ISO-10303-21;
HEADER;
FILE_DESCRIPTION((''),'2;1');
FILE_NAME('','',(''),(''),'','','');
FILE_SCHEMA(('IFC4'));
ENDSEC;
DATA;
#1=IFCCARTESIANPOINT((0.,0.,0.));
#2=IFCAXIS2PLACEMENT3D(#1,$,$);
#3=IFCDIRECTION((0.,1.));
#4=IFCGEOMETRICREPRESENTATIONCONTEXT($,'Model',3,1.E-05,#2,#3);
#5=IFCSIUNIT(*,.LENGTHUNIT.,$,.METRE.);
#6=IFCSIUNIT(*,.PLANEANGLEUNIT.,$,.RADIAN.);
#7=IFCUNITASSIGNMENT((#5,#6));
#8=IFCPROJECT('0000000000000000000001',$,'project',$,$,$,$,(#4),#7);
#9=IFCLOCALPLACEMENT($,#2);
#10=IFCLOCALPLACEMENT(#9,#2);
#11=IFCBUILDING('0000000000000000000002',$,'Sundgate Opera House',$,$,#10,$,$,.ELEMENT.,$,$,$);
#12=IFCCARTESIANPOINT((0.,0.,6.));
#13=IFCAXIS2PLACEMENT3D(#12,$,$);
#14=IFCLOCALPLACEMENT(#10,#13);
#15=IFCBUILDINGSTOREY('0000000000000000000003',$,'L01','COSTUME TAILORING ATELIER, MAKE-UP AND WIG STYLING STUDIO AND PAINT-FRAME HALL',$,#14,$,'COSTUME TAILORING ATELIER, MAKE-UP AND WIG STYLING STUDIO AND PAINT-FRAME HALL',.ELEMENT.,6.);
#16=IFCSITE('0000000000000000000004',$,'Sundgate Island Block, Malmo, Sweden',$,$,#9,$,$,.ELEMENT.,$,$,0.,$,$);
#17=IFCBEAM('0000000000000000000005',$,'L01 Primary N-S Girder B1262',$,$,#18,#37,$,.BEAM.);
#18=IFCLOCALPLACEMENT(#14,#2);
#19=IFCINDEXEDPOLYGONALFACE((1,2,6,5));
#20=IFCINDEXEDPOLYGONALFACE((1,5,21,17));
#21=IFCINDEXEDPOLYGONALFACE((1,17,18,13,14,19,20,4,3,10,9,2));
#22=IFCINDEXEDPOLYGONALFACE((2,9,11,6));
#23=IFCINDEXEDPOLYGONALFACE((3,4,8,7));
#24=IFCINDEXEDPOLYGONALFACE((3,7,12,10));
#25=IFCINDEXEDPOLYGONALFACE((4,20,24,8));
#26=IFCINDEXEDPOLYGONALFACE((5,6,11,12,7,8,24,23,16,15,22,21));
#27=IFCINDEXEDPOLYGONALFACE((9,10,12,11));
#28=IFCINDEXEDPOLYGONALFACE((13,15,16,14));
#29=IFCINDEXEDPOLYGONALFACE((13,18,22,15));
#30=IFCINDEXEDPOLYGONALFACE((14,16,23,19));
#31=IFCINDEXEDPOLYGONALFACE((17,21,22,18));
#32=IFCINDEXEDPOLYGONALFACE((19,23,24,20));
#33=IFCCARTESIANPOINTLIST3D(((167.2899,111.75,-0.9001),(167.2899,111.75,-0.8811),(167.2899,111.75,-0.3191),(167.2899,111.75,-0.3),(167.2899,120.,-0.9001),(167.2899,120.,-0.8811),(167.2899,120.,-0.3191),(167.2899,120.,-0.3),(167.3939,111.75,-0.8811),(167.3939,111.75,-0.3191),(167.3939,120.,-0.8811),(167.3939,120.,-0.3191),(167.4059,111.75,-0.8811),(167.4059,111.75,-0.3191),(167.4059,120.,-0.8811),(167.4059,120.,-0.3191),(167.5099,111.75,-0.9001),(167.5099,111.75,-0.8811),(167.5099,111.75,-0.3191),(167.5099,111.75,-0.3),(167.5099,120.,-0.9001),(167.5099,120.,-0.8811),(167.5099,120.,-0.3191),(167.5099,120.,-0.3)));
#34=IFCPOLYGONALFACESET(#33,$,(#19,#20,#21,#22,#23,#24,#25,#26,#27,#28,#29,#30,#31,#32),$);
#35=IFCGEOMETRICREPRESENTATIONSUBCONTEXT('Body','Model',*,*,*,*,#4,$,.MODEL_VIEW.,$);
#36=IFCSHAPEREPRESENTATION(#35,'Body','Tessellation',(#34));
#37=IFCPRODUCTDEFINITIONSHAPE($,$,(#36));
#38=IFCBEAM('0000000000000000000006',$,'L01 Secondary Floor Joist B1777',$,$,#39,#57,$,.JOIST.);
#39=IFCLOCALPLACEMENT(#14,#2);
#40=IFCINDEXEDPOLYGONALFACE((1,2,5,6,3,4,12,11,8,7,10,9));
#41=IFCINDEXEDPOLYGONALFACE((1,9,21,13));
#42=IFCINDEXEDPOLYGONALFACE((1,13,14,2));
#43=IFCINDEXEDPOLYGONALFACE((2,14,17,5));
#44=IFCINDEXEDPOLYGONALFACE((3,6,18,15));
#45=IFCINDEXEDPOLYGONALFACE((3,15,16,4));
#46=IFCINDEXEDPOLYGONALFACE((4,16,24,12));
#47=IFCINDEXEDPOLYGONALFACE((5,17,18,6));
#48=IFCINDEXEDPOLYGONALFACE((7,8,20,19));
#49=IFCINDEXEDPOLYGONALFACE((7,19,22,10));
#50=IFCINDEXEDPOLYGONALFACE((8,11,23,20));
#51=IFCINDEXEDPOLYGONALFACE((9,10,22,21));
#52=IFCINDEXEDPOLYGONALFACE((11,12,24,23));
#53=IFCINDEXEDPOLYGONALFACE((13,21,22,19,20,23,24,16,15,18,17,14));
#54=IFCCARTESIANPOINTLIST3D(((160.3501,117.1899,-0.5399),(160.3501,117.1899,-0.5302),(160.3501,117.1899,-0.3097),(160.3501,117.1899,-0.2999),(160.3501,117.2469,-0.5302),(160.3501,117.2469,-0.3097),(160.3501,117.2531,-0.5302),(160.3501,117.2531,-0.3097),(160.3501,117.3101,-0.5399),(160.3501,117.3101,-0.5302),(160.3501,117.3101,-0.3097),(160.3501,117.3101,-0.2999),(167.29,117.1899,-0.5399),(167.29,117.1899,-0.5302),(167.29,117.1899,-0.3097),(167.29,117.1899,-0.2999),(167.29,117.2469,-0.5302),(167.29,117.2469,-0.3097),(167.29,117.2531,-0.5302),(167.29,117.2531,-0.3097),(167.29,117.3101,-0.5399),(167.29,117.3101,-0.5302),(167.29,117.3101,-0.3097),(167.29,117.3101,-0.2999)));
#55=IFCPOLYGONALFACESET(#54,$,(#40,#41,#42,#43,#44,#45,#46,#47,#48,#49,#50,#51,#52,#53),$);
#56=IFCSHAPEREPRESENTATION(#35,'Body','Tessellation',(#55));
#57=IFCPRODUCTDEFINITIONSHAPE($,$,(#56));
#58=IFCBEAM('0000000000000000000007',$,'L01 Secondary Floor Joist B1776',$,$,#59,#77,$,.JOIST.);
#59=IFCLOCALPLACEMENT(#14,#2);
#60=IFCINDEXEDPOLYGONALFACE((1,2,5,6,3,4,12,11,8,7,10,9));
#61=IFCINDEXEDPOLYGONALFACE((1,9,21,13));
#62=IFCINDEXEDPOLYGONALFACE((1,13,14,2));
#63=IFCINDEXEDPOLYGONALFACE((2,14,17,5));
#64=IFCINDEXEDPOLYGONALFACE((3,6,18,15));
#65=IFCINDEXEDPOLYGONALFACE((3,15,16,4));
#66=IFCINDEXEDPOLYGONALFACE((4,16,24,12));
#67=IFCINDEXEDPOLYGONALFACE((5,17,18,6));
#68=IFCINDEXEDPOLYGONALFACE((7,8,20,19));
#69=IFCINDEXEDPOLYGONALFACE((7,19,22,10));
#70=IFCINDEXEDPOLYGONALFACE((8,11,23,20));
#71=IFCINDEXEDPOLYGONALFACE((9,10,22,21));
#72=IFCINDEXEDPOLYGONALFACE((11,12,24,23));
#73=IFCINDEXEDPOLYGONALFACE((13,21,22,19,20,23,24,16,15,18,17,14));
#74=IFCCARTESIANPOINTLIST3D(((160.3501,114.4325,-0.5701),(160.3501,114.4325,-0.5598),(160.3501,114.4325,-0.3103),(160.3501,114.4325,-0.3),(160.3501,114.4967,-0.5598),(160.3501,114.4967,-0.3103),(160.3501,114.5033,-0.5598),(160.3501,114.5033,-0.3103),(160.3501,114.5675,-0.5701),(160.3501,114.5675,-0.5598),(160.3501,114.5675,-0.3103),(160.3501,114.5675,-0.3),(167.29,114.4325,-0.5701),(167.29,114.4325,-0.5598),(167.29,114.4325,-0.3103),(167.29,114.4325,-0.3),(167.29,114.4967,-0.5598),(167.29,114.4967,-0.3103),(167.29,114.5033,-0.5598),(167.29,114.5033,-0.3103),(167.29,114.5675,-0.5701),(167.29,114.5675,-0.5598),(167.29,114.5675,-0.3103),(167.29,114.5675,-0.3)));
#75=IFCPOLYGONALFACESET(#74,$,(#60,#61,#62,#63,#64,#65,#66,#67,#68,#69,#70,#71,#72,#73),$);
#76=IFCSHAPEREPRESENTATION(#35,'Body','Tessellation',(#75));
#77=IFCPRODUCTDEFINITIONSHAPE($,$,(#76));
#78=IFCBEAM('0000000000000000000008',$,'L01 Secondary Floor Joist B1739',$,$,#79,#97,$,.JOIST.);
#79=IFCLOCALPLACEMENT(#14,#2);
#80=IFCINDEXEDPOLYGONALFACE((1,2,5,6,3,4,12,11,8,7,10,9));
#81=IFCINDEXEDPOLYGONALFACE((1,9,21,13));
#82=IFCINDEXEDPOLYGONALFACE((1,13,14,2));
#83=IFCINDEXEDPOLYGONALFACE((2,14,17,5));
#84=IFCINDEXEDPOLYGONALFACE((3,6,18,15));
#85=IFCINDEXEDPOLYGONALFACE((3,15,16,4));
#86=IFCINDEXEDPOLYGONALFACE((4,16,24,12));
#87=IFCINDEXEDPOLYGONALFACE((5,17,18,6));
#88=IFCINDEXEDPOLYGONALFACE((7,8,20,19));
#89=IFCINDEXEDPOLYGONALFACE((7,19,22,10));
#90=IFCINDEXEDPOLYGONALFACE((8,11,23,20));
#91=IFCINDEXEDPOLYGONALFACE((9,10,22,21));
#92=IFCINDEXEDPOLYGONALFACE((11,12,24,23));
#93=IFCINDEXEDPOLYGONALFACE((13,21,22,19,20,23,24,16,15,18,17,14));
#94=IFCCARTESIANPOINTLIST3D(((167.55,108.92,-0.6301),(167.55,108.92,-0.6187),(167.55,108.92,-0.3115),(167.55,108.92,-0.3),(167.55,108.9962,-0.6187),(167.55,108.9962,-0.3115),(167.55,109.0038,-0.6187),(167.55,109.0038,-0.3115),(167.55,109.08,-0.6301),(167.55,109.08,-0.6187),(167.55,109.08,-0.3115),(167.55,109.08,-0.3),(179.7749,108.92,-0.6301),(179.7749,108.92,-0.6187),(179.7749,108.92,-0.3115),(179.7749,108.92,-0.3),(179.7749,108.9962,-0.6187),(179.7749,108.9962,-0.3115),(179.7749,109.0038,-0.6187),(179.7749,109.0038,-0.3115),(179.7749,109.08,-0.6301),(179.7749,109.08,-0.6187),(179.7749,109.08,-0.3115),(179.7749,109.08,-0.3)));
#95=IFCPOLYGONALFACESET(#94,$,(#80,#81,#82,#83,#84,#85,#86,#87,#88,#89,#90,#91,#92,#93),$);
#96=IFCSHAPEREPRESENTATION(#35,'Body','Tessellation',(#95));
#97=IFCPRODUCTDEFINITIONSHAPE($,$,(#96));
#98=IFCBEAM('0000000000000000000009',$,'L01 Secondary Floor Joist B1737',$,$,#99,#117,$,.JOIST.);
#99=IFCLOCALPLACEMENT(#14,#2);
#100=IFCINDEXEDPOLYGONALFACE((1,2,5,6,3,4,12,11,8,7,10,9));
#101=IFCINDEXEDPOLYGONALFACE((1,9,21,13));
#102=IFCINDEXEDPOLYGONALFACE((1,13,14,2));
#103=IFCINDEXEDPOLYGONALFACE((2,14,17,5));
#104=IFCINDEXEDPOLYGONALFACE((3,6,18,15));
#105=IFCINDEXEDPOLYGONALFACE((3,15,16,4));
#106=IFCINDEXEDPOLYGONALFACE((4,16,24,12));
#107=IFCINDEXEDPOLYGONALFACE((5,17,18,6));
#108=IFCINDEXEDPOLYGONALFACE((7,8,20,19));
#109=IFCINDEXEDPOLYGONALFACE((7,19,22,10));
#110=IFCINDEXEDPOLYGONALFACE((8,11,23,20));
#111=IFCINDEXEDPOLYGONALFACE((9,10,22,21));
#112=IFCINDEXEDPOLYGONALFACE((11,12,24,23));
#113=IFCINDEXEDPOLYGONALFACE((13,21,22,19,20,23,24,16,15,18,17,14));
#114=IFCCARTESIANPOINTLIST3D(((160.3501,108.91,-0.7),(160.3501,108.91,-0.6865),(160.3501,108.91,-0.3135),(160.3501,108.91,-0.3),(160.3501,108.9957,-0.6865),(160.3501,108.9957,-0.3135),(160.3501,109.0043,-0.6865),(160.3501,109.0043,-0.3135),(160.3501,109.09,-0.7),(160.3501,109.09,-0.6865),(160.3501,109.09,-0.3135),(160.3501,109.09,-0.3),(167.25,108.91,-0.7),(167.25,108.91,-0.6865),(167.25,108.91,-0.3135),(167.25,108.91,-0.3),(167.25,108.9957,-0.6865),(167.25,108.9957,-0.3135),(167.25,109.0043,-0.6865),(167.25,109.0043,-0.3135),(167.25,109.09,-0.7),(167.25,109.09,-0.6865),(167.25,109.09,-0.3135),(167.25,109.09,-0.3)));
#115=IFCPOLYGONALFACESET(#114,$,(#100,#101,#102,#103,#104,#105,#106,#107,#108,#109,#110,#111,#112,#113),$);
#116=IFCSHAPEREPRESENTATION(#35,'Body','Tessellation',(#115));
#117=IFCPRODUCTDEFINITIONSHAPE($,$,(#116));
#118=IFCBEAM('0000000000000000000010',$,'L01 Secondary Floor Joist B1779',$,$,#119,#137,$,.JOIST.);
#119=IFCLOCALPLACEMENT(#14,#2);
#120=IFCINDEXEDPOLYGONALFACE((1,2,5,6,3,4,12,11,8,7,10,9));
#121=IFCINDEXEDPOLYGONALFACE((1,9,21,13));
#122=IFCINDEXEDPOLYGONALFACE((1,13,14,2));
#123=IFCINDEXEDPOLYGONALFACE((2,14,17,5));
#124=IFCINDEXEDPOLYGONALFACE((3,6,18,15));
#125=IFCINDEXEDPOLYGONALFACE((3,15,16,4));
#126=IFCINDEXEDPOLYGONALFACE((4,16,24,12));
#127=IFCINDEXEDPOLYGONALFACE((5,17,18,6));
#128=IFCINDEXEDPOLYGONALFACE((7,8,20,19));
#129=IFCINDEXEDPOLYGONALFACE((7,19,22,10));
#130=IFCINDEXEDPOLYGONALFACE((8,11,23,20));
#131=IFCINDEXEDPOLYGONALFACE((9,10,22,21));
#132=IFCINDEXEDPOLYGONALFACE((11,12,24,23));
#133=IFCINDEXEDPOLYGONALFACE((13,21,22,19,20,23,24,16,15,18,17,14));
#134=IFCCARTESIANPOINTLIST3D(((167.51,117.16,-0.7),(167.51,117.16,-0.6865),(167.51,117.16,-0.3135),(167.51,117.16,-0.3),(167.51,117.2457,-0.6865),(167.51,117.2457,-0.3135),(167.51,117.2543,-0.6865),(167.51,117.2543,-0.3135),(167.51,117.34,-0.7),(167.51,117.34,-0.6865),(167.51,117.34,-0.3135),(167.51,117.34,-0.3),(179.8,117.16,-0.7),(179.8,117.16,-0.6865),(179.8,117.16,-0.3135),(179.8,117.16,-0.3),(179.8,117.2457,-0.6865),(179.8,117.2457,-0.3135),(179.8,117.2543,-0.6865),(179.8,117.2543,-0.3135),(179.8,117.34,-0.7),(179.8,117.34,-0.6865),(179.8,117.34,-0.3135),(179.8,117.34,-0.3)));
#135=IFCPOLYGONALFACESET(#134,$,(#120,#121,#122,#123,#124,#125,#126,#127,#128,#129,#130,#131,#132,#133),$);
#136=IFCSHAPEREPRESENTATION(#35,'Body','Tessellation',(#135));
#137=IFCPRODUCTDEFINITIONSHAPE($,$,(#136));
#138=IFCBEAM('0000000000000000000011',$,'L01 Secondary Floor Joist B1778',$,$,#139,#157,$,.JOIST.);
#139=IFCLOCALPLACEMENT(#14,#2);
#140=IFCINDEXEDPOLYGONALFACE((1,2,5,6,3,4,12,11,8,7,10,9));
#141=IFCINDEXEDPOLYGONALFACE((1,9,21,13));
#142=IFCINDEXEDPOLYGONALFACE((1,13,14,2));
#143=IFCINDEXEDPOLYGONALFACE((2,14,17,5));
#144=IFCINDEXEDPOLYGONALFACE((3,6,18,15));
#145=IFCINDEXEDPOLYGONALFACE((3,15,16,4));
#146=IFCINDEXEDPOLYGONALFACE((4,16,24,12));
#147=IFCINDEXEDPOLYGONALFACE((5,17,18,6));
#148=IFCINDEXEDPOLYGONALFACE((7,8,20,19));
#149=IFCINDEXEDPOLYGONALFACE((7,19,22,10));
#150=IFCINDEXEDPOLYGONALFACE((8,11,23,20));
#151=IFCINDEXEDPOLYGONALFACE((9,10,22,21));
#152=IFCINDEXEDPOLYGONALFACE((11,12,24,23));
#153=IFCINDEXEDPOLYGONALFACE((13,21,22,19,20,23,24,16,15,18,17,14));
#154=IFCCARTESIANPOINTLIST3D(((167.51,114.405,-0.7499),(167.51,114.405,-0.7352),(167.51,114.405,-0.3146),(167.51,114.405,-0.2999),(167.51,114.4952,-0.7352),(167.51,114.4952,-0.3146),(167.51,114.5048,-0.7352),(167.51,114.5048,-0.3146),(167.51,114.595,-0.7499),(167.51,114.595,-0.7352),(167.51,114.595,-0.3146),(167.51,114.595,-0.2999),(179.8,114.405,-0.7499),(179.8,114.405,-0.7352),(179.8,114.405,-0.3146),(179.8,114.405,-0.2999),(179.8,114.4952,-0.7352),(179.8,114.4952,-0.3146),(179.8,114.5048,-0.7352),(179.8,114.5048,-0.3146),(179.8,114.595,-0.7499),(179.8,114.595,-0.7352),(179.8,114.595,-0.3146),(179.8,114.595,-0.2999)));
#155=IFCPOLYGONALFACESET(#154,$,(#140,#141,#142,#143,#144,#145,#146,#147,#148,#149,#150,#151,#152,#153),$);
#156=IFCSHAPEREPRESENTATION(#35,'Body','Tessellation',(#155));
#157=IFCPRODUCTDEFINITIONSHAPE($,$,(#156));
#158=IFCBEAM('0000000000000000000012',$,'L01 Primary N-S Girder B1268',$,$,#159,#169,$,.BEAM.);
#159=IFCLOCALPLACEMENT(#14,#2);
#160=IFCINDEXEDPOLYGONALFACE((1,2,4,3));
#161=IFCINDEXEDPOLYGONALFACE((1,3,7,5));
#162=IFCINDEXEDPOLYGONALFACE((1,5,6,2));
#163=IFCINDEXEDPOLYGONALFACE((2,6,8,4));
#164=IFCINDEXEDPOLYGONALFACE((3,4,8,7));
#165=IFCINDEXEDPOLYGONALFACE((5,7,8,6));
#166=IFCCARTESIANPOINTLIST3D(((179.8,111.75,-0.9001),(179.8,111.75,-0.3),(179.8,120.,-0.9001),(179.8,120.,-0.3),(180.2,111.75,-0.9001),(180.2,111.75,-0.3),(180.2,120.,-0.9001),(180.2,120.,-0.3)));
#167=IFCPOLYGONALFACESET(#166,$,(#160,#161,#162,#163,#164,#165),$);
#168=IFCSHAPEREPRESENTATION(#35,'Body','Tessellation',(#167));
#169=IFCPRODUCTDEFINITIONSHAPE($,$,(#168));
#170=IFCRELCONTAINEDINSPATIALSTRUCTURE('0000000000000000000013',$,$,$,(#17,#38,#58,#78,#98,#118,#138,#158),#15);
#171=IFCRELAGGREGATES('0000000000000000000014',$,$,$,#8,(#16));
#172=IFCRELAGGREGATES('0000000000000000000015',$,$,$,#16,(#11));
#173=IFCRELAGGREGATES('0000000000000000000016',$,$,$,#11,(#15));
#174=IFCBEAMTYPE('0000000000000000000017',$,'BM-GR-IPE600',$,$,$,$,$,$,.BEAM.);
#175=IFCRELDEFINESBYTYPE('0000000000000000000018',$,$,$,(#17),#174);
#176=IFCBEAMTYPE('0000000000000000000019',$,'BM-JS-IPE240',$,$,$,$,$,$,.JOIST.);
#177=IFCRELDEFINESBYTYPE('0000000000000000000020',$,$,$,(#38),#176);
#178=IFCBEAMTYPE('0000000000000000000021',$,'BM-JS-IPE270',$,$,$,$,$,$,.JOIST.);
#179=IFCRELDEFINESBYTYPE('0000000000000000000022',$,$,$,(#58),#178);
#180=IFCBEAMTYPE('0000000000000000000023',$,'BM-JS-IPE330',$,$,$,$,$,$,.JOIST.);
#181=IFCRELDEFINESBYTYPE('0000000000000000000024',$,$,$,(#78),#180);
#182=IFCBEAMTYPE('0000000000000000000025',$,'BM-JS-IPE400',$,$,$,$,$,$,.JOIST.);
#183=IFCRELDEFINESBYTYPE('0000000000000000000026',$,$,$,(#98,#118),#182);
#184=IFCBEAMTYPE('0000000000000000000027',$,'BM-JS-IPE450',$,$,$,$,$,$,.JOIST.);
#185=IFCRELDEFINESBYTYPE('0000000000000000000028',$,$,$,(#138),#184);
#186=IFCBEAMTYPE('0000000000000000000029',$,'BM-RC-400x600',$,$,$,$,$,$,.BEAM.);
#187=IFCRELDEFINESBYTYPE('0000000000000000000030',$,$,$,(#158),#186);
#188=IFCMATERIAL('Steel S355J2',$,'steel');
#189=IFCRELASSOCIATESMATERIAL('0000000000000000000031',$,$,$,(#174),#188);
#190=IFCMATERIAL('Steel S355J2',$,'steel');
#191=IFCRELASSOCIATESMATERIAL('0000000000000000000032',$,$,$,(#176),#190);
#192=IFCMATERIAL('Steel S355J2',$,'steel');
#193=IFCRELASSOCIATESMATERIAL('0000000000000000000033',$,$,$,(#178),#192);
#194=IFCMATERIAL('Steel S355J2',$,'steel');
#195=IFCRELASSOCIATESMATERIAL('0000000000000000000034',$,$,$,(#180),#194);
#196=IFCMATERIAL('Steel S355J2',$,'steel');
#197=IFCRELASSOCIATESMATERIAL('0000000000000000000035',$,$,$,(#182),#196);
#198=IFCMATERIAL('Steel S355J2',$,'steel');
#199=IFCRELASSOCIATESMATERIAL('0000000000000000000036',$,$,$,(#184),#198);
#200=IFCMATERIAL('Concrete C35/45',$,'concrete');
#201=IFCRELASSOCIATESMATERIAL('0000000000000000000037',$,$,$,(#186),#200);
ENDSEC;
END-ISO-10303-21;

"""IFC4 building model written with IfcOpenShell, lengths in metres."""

from ifc_helpers import new_model, si_unit, direction, frame, origin, origin_2d, place, context, subcontext, project, spatial, rectangle, i_section, extrude, material, material_profile, profile_set, type_object, element, save


model = new_model("IFC4")

# Units and contexts
model_context = context("Model", 3, precision=1e-05, world=origin(), true_north=direction((0.0, 1.0)))
body_context = subcontext(model_context, "Body", "Model", "MODEL_VIEW")
ifc_project = project(units=[si_unit("LENGTHUNIT", "METRE"), si_unit("PLANEANGLEUNIT", "RADIAN")], contexts=[model_context])

# Site, building, storey
site_placement = place(None, origin())
site = spatial("IfcSite", under=ifc_project, at=site_placement, Name="Sundgate Island Block, Malmo, Sweden", CompositionType="ELEMENT", RefElevation=0.0)
building_placement = place(site_placement, origin())
building = spatial("IfcBuilding", under=site, at=building_placement, Name="Sundgate Opera House", CompositionType="ELEMENT")
storey_placement = place(building_placement, frame((0.0, 0.0, 6.0)))
storey = spatial("IfcBuildingStorey", under=building, at=storey_placement, Name="L01", Description="COSTUME TAILORING ATELIER, MAKE-UP AND WIG STYLING STUDIO AND PAINT-FRAME HALL", LongName="COSTUME TAILORING ATELIER, MAKE-UP AND WIG STYLING STUDIO AND PAINT-FRAME HALL", CompositionType="ELEMENT", Elevation=6.0)

# Beams
ifc_material_1 = material(Name="Steel S355J2", Category="steel")
ifc_material_profile_1 = material_profile(ifc_material_1, i_section(OverallWidth=0.22, OverallDepth=0.6001, WebThickness=0.012, FlangeThickness=0.019, at=origin_2d()), Name="IPE 600")
ifc_profile_set_1 = profile_set([ifc_material_profile_1], Name="Steel S355J2")
beam_type_1 = type_object("IfcBeamType", Name="BM-GR-IPE600", PredefinedType="BEAM", material=ifc_profile_set_1)
beam_1_placement = place(storey_placement, frame((167.3999, 111.75, -0.6001), z_axis=(0.0, 1.0, 0.0), x_axis=(-1.0, 0.0, 0.0)))
element("IfcBeam", 1, at=beam_1_placement, inside=storey, type_object=beam_type_1, Name="L01 Primary N-S Girder B1262", PredefinedType="BEAM", context=body_context, shape_type="SweptSolid", body=[
    extrude(i_section(OverallWidth=0.22, OverallDepth=0.6001, WebThickness=0.012, FlangeThickness=0.019, at=origin_2d()), origin(), (0.0, 0.0, 1.0), 8.25),
])
ifc_material_2 = material(Name="Steel S355J2", Category="steel")
ifc_material_profile_2 = material_profile(ifc_material_2, i_section(OverallWidth=0.1201, OverallDepth=0.24, WebThickness=0.0061, FlangeThickness=0.0098, at=origin_2d()), Name="IPE 240")
ifc_profile_set_2 = profile_set([ifc_material_profile_2], Name="Steel S355J2")
beam_type_2 = type_object("IfcBeamType", Name="BM-JS-IPE240", PredefinedType="JOIST", material=ifc_profile_set_2)
beam_2_placement = place(storey_placement, frame((160.3501, 117.25, -0.4199), z_axis=(1.0, 0.0, 0.0), x_axis=(0.0, 1.0, 0.0)))
element("IfcBeam", 2, at=beam_2_placement, inside=storey, type_object=beam_type_2, Name="L01 Secondary Floor Joist B1777", PredefinedType="JOIST", context=body_context, shape_type="SweptSolid", body=[
    extrude(i_section(OverallWidth=0.1201, OverallDepth=0.24, WebThickness=0.0061, FlangeThickness=0.0098, at=origin_2d()), origin(), (0.0, 0.0, 1.0), 6.9399),
])
ifc_material_3 = material(Name="Steel S355J2", Category="steel")
ifc_material_profile_3 = material_profile(ifc_material_3, i_section(OverallWidth=0.135, OverallDepth=0.27, WebThickness=0.0066, FlangeThickness=0.0103, at=origin_2d()), Name="IPE 270")
ifc_profile_set_3 = profile_set([ifc_material_profile_3], Name="Steel S355J2")
beam_type_3 = type_object("IfcBeamType", Name="BM-JS-IPE270", PredefinedType="JOIST", material=ifc_profile_set_3)
beam_3_placement = place(storey_placement, frame((160.3501, 114.5, -0.4351), z_axis=(1.0, 0.0, 0.0), x_axis=(0.0, 1.0, 0.0)))
element("IfcBeam", 3, at=beam_3_placement, inside=storey, type_object=beam_type_3, Name="L01 Secondary Floor Joist B1776", PredefinedType="JOIST", context=body_context, shape_type="SweptSolid", body=[
    extrude(i_section(OverallWidth=0.135, OverallDepth=0.27, WebThickness=0.0066, FlangeThickness=0.0103, at=origin_2d()), origin(), (0.0, 0.0, 1.0), 6.9399),
])
ifc_material_4 = material(Name="Steel S355J2", Category="steel")
ifc_material_profile_4 = material_profile(ifc_material_4, i_section(OverallWidth=0.1599, OverallDepth=0.3301, WebThickness=0.0076, FlangeThickness=0.0115, at=origin_2d()), Name="IPE 330")
ifc_profile_set_4 = profile_set([ifc_material_profile_4], Name="Steel S355J2")
beam_type_4 = type_object("IfcBeamType", Name="BM-JS-IPE330", PredefinedType="JOIST", material=ifc_profile_set_4)
beam_4_placement = place(storey_placement, frame((167.55, 109.0, -0.4651), z_axis=(1.0, 0.0, 0.0), x_axis=(0.0, 1.0, 0.0)))
element("IfcBeam", 4, at=beam_4_placement, inside=storey, type_object=beam_type_4, Name="L01 Secondary Floor Joist B1739", PredefinedType="JOIST", context=body_context, shape_type="SweptSolid", body=[
    extrude(i_section(OverallWidth=0.1599, OverallDepth=0.3301, WebThickness=0.0076, FlangeThickness=0.0115, at=origin_2d()), origin(), (0.0, 0.0, 1.0), 12.2249),
])
ifc_material_5 = material(Name="Steel S355J2", Category="steel")
ifc_material_profile_5 = material_profile(ifc_material_5, i_section(OverallWidth=0.1799, OverallDepth=0.3999, WebThickness=0.0085, FlangeThickness=0.0134, at=origin_2d()), Name="IPE 400")
ifc_profile_set_5 = profile_set([ifc_material_profile_5], Name="Steel S355J2")
beam_type_5 = type_object("IfcBeamType", Name="BM-JS-IPE400", PredefinedType="JOIST", material=ifc_profile_set_5)
beam_5_placement = place(storey_placement, frame((160.3501, 109.0, -0.5), z_axis=(1.0, 0.0, 0.0), x_axis=(0.0, 1.0, 0.0)))
element("IfcBeam", 5, at=beam_5_placement, inside=storey, type_object=beam_type_5, Name="L01 Secondary Floor Joist B1737", PredefinedType="JOIST", context=body_context, shape_type="SweptSolid", body=[
    extrude(i_section(OverallWidth=0.1799, OverallDepth=0.3999, WebThickness=0.0085, FlangeThickness=0.0134, at=origin_2d()), origin(), (0.0, 0.0, 1.0), 6.8999),
])
beam_6_placement = place(storey_placement, frame((167.51, 117.25, -0.5), z_axis=(1.0, 0.0, 0.0), x_axis=(0.0, 1.0, 0.0)))
element("IfcBeam", 6, at=beam_6_placement, inside=storey, type_object=beam_type_5, Name="L01 Secondary Floor Joist B1779", PredefinedType="JOIST", context=body_context, shape_type="SweptSolid", body=[
    extrude(i_section(OverallWidth=0.1799, OverallDepth=0.3999, WebThickness=0.0085, FlangeThickness=0.0134, at=origin_2d()), origin(), (0.0, 0.0, 1.0), 12.29),
])
ifc_material_6 = material(Name="Steel S355J2", Category="steel")
ifc_material_profile_6 = material_profile(ifc_material_6, i_section(OverallWidth=0.1899, OverallDepth=0.45, WebThickness=0.0095, FlangeThickness=0.0146, at=origin_2d()), Name="IPE 450")
ifc_profile_set_6 = profile_set([ifc_material_profile_6], Name="Steel S355J2")
beam_type_6 = type_object("IfcBeamType", Name="BM-JS-IPE450", PredefinedType="JOIST", material=ifc_profile_set_6)
beam_7_placement = place(storey_placement, frame((167.51, 114.5, -0.5249), z_axis=(1.0, 0.0, 0.0), x_axis=(0.0, 1.0, 0.0)))
element("IfcBeam", 7, at=beam_7_placement, inside=storey, type_object=beam_type_6, Name="L01 Secondary Floor Joist B1778", PredefinedType="JOIST", context=body_context, shape_type="SweptSolid", body=[
    extrude(i_section(OverallWidth=0.1899, OverallDepth=0.45, WebThickness=0.0095, FlangeThickness=0.0146, at=origin_2d()), origin(), (0.0, 0.0, 1.0), 12.29),
])
ifc_material_7 = material(Name="Concrete C35/45", Category="concrete")
ifc_material_profile_7 = material_profile(ifc_material_7, rectangle(XDim=0.3999, YDim=0.6001, at=origin_2d()), Name="RC 400x600")
ifc_profile_set_7 = profile_set([ifc_material_profile_7], Name="Concrete C35/45")
beam_type_7 = type_object("IfcBeamType", Name="BM-RC-400x600", PredefinedType="BEAM", material=ifc_profile_set_7)
beam_8_placement = place(storey_placement, frame((180.0, 111.75, -0.6001), z_axis=(0.0, 1.0, 0.0), x_axis=(-1.0, 0.0, 0.0)))
element("IfcBeam", 8, at=beam_8_placement, inside=storey, type_object=beam_type_7, Name="L01 Primary N-S Girder B1268", PredefinedType="BEAM", context=body_context, shape_type="SweptSolid", body=[
    extrude(rectangle(XDim=0.3999, YDim=0.6001, at=origin_2d()), origin(), (0.0, 0.0, 1.0), 8.25),
])

save(model, "model.ifc")
